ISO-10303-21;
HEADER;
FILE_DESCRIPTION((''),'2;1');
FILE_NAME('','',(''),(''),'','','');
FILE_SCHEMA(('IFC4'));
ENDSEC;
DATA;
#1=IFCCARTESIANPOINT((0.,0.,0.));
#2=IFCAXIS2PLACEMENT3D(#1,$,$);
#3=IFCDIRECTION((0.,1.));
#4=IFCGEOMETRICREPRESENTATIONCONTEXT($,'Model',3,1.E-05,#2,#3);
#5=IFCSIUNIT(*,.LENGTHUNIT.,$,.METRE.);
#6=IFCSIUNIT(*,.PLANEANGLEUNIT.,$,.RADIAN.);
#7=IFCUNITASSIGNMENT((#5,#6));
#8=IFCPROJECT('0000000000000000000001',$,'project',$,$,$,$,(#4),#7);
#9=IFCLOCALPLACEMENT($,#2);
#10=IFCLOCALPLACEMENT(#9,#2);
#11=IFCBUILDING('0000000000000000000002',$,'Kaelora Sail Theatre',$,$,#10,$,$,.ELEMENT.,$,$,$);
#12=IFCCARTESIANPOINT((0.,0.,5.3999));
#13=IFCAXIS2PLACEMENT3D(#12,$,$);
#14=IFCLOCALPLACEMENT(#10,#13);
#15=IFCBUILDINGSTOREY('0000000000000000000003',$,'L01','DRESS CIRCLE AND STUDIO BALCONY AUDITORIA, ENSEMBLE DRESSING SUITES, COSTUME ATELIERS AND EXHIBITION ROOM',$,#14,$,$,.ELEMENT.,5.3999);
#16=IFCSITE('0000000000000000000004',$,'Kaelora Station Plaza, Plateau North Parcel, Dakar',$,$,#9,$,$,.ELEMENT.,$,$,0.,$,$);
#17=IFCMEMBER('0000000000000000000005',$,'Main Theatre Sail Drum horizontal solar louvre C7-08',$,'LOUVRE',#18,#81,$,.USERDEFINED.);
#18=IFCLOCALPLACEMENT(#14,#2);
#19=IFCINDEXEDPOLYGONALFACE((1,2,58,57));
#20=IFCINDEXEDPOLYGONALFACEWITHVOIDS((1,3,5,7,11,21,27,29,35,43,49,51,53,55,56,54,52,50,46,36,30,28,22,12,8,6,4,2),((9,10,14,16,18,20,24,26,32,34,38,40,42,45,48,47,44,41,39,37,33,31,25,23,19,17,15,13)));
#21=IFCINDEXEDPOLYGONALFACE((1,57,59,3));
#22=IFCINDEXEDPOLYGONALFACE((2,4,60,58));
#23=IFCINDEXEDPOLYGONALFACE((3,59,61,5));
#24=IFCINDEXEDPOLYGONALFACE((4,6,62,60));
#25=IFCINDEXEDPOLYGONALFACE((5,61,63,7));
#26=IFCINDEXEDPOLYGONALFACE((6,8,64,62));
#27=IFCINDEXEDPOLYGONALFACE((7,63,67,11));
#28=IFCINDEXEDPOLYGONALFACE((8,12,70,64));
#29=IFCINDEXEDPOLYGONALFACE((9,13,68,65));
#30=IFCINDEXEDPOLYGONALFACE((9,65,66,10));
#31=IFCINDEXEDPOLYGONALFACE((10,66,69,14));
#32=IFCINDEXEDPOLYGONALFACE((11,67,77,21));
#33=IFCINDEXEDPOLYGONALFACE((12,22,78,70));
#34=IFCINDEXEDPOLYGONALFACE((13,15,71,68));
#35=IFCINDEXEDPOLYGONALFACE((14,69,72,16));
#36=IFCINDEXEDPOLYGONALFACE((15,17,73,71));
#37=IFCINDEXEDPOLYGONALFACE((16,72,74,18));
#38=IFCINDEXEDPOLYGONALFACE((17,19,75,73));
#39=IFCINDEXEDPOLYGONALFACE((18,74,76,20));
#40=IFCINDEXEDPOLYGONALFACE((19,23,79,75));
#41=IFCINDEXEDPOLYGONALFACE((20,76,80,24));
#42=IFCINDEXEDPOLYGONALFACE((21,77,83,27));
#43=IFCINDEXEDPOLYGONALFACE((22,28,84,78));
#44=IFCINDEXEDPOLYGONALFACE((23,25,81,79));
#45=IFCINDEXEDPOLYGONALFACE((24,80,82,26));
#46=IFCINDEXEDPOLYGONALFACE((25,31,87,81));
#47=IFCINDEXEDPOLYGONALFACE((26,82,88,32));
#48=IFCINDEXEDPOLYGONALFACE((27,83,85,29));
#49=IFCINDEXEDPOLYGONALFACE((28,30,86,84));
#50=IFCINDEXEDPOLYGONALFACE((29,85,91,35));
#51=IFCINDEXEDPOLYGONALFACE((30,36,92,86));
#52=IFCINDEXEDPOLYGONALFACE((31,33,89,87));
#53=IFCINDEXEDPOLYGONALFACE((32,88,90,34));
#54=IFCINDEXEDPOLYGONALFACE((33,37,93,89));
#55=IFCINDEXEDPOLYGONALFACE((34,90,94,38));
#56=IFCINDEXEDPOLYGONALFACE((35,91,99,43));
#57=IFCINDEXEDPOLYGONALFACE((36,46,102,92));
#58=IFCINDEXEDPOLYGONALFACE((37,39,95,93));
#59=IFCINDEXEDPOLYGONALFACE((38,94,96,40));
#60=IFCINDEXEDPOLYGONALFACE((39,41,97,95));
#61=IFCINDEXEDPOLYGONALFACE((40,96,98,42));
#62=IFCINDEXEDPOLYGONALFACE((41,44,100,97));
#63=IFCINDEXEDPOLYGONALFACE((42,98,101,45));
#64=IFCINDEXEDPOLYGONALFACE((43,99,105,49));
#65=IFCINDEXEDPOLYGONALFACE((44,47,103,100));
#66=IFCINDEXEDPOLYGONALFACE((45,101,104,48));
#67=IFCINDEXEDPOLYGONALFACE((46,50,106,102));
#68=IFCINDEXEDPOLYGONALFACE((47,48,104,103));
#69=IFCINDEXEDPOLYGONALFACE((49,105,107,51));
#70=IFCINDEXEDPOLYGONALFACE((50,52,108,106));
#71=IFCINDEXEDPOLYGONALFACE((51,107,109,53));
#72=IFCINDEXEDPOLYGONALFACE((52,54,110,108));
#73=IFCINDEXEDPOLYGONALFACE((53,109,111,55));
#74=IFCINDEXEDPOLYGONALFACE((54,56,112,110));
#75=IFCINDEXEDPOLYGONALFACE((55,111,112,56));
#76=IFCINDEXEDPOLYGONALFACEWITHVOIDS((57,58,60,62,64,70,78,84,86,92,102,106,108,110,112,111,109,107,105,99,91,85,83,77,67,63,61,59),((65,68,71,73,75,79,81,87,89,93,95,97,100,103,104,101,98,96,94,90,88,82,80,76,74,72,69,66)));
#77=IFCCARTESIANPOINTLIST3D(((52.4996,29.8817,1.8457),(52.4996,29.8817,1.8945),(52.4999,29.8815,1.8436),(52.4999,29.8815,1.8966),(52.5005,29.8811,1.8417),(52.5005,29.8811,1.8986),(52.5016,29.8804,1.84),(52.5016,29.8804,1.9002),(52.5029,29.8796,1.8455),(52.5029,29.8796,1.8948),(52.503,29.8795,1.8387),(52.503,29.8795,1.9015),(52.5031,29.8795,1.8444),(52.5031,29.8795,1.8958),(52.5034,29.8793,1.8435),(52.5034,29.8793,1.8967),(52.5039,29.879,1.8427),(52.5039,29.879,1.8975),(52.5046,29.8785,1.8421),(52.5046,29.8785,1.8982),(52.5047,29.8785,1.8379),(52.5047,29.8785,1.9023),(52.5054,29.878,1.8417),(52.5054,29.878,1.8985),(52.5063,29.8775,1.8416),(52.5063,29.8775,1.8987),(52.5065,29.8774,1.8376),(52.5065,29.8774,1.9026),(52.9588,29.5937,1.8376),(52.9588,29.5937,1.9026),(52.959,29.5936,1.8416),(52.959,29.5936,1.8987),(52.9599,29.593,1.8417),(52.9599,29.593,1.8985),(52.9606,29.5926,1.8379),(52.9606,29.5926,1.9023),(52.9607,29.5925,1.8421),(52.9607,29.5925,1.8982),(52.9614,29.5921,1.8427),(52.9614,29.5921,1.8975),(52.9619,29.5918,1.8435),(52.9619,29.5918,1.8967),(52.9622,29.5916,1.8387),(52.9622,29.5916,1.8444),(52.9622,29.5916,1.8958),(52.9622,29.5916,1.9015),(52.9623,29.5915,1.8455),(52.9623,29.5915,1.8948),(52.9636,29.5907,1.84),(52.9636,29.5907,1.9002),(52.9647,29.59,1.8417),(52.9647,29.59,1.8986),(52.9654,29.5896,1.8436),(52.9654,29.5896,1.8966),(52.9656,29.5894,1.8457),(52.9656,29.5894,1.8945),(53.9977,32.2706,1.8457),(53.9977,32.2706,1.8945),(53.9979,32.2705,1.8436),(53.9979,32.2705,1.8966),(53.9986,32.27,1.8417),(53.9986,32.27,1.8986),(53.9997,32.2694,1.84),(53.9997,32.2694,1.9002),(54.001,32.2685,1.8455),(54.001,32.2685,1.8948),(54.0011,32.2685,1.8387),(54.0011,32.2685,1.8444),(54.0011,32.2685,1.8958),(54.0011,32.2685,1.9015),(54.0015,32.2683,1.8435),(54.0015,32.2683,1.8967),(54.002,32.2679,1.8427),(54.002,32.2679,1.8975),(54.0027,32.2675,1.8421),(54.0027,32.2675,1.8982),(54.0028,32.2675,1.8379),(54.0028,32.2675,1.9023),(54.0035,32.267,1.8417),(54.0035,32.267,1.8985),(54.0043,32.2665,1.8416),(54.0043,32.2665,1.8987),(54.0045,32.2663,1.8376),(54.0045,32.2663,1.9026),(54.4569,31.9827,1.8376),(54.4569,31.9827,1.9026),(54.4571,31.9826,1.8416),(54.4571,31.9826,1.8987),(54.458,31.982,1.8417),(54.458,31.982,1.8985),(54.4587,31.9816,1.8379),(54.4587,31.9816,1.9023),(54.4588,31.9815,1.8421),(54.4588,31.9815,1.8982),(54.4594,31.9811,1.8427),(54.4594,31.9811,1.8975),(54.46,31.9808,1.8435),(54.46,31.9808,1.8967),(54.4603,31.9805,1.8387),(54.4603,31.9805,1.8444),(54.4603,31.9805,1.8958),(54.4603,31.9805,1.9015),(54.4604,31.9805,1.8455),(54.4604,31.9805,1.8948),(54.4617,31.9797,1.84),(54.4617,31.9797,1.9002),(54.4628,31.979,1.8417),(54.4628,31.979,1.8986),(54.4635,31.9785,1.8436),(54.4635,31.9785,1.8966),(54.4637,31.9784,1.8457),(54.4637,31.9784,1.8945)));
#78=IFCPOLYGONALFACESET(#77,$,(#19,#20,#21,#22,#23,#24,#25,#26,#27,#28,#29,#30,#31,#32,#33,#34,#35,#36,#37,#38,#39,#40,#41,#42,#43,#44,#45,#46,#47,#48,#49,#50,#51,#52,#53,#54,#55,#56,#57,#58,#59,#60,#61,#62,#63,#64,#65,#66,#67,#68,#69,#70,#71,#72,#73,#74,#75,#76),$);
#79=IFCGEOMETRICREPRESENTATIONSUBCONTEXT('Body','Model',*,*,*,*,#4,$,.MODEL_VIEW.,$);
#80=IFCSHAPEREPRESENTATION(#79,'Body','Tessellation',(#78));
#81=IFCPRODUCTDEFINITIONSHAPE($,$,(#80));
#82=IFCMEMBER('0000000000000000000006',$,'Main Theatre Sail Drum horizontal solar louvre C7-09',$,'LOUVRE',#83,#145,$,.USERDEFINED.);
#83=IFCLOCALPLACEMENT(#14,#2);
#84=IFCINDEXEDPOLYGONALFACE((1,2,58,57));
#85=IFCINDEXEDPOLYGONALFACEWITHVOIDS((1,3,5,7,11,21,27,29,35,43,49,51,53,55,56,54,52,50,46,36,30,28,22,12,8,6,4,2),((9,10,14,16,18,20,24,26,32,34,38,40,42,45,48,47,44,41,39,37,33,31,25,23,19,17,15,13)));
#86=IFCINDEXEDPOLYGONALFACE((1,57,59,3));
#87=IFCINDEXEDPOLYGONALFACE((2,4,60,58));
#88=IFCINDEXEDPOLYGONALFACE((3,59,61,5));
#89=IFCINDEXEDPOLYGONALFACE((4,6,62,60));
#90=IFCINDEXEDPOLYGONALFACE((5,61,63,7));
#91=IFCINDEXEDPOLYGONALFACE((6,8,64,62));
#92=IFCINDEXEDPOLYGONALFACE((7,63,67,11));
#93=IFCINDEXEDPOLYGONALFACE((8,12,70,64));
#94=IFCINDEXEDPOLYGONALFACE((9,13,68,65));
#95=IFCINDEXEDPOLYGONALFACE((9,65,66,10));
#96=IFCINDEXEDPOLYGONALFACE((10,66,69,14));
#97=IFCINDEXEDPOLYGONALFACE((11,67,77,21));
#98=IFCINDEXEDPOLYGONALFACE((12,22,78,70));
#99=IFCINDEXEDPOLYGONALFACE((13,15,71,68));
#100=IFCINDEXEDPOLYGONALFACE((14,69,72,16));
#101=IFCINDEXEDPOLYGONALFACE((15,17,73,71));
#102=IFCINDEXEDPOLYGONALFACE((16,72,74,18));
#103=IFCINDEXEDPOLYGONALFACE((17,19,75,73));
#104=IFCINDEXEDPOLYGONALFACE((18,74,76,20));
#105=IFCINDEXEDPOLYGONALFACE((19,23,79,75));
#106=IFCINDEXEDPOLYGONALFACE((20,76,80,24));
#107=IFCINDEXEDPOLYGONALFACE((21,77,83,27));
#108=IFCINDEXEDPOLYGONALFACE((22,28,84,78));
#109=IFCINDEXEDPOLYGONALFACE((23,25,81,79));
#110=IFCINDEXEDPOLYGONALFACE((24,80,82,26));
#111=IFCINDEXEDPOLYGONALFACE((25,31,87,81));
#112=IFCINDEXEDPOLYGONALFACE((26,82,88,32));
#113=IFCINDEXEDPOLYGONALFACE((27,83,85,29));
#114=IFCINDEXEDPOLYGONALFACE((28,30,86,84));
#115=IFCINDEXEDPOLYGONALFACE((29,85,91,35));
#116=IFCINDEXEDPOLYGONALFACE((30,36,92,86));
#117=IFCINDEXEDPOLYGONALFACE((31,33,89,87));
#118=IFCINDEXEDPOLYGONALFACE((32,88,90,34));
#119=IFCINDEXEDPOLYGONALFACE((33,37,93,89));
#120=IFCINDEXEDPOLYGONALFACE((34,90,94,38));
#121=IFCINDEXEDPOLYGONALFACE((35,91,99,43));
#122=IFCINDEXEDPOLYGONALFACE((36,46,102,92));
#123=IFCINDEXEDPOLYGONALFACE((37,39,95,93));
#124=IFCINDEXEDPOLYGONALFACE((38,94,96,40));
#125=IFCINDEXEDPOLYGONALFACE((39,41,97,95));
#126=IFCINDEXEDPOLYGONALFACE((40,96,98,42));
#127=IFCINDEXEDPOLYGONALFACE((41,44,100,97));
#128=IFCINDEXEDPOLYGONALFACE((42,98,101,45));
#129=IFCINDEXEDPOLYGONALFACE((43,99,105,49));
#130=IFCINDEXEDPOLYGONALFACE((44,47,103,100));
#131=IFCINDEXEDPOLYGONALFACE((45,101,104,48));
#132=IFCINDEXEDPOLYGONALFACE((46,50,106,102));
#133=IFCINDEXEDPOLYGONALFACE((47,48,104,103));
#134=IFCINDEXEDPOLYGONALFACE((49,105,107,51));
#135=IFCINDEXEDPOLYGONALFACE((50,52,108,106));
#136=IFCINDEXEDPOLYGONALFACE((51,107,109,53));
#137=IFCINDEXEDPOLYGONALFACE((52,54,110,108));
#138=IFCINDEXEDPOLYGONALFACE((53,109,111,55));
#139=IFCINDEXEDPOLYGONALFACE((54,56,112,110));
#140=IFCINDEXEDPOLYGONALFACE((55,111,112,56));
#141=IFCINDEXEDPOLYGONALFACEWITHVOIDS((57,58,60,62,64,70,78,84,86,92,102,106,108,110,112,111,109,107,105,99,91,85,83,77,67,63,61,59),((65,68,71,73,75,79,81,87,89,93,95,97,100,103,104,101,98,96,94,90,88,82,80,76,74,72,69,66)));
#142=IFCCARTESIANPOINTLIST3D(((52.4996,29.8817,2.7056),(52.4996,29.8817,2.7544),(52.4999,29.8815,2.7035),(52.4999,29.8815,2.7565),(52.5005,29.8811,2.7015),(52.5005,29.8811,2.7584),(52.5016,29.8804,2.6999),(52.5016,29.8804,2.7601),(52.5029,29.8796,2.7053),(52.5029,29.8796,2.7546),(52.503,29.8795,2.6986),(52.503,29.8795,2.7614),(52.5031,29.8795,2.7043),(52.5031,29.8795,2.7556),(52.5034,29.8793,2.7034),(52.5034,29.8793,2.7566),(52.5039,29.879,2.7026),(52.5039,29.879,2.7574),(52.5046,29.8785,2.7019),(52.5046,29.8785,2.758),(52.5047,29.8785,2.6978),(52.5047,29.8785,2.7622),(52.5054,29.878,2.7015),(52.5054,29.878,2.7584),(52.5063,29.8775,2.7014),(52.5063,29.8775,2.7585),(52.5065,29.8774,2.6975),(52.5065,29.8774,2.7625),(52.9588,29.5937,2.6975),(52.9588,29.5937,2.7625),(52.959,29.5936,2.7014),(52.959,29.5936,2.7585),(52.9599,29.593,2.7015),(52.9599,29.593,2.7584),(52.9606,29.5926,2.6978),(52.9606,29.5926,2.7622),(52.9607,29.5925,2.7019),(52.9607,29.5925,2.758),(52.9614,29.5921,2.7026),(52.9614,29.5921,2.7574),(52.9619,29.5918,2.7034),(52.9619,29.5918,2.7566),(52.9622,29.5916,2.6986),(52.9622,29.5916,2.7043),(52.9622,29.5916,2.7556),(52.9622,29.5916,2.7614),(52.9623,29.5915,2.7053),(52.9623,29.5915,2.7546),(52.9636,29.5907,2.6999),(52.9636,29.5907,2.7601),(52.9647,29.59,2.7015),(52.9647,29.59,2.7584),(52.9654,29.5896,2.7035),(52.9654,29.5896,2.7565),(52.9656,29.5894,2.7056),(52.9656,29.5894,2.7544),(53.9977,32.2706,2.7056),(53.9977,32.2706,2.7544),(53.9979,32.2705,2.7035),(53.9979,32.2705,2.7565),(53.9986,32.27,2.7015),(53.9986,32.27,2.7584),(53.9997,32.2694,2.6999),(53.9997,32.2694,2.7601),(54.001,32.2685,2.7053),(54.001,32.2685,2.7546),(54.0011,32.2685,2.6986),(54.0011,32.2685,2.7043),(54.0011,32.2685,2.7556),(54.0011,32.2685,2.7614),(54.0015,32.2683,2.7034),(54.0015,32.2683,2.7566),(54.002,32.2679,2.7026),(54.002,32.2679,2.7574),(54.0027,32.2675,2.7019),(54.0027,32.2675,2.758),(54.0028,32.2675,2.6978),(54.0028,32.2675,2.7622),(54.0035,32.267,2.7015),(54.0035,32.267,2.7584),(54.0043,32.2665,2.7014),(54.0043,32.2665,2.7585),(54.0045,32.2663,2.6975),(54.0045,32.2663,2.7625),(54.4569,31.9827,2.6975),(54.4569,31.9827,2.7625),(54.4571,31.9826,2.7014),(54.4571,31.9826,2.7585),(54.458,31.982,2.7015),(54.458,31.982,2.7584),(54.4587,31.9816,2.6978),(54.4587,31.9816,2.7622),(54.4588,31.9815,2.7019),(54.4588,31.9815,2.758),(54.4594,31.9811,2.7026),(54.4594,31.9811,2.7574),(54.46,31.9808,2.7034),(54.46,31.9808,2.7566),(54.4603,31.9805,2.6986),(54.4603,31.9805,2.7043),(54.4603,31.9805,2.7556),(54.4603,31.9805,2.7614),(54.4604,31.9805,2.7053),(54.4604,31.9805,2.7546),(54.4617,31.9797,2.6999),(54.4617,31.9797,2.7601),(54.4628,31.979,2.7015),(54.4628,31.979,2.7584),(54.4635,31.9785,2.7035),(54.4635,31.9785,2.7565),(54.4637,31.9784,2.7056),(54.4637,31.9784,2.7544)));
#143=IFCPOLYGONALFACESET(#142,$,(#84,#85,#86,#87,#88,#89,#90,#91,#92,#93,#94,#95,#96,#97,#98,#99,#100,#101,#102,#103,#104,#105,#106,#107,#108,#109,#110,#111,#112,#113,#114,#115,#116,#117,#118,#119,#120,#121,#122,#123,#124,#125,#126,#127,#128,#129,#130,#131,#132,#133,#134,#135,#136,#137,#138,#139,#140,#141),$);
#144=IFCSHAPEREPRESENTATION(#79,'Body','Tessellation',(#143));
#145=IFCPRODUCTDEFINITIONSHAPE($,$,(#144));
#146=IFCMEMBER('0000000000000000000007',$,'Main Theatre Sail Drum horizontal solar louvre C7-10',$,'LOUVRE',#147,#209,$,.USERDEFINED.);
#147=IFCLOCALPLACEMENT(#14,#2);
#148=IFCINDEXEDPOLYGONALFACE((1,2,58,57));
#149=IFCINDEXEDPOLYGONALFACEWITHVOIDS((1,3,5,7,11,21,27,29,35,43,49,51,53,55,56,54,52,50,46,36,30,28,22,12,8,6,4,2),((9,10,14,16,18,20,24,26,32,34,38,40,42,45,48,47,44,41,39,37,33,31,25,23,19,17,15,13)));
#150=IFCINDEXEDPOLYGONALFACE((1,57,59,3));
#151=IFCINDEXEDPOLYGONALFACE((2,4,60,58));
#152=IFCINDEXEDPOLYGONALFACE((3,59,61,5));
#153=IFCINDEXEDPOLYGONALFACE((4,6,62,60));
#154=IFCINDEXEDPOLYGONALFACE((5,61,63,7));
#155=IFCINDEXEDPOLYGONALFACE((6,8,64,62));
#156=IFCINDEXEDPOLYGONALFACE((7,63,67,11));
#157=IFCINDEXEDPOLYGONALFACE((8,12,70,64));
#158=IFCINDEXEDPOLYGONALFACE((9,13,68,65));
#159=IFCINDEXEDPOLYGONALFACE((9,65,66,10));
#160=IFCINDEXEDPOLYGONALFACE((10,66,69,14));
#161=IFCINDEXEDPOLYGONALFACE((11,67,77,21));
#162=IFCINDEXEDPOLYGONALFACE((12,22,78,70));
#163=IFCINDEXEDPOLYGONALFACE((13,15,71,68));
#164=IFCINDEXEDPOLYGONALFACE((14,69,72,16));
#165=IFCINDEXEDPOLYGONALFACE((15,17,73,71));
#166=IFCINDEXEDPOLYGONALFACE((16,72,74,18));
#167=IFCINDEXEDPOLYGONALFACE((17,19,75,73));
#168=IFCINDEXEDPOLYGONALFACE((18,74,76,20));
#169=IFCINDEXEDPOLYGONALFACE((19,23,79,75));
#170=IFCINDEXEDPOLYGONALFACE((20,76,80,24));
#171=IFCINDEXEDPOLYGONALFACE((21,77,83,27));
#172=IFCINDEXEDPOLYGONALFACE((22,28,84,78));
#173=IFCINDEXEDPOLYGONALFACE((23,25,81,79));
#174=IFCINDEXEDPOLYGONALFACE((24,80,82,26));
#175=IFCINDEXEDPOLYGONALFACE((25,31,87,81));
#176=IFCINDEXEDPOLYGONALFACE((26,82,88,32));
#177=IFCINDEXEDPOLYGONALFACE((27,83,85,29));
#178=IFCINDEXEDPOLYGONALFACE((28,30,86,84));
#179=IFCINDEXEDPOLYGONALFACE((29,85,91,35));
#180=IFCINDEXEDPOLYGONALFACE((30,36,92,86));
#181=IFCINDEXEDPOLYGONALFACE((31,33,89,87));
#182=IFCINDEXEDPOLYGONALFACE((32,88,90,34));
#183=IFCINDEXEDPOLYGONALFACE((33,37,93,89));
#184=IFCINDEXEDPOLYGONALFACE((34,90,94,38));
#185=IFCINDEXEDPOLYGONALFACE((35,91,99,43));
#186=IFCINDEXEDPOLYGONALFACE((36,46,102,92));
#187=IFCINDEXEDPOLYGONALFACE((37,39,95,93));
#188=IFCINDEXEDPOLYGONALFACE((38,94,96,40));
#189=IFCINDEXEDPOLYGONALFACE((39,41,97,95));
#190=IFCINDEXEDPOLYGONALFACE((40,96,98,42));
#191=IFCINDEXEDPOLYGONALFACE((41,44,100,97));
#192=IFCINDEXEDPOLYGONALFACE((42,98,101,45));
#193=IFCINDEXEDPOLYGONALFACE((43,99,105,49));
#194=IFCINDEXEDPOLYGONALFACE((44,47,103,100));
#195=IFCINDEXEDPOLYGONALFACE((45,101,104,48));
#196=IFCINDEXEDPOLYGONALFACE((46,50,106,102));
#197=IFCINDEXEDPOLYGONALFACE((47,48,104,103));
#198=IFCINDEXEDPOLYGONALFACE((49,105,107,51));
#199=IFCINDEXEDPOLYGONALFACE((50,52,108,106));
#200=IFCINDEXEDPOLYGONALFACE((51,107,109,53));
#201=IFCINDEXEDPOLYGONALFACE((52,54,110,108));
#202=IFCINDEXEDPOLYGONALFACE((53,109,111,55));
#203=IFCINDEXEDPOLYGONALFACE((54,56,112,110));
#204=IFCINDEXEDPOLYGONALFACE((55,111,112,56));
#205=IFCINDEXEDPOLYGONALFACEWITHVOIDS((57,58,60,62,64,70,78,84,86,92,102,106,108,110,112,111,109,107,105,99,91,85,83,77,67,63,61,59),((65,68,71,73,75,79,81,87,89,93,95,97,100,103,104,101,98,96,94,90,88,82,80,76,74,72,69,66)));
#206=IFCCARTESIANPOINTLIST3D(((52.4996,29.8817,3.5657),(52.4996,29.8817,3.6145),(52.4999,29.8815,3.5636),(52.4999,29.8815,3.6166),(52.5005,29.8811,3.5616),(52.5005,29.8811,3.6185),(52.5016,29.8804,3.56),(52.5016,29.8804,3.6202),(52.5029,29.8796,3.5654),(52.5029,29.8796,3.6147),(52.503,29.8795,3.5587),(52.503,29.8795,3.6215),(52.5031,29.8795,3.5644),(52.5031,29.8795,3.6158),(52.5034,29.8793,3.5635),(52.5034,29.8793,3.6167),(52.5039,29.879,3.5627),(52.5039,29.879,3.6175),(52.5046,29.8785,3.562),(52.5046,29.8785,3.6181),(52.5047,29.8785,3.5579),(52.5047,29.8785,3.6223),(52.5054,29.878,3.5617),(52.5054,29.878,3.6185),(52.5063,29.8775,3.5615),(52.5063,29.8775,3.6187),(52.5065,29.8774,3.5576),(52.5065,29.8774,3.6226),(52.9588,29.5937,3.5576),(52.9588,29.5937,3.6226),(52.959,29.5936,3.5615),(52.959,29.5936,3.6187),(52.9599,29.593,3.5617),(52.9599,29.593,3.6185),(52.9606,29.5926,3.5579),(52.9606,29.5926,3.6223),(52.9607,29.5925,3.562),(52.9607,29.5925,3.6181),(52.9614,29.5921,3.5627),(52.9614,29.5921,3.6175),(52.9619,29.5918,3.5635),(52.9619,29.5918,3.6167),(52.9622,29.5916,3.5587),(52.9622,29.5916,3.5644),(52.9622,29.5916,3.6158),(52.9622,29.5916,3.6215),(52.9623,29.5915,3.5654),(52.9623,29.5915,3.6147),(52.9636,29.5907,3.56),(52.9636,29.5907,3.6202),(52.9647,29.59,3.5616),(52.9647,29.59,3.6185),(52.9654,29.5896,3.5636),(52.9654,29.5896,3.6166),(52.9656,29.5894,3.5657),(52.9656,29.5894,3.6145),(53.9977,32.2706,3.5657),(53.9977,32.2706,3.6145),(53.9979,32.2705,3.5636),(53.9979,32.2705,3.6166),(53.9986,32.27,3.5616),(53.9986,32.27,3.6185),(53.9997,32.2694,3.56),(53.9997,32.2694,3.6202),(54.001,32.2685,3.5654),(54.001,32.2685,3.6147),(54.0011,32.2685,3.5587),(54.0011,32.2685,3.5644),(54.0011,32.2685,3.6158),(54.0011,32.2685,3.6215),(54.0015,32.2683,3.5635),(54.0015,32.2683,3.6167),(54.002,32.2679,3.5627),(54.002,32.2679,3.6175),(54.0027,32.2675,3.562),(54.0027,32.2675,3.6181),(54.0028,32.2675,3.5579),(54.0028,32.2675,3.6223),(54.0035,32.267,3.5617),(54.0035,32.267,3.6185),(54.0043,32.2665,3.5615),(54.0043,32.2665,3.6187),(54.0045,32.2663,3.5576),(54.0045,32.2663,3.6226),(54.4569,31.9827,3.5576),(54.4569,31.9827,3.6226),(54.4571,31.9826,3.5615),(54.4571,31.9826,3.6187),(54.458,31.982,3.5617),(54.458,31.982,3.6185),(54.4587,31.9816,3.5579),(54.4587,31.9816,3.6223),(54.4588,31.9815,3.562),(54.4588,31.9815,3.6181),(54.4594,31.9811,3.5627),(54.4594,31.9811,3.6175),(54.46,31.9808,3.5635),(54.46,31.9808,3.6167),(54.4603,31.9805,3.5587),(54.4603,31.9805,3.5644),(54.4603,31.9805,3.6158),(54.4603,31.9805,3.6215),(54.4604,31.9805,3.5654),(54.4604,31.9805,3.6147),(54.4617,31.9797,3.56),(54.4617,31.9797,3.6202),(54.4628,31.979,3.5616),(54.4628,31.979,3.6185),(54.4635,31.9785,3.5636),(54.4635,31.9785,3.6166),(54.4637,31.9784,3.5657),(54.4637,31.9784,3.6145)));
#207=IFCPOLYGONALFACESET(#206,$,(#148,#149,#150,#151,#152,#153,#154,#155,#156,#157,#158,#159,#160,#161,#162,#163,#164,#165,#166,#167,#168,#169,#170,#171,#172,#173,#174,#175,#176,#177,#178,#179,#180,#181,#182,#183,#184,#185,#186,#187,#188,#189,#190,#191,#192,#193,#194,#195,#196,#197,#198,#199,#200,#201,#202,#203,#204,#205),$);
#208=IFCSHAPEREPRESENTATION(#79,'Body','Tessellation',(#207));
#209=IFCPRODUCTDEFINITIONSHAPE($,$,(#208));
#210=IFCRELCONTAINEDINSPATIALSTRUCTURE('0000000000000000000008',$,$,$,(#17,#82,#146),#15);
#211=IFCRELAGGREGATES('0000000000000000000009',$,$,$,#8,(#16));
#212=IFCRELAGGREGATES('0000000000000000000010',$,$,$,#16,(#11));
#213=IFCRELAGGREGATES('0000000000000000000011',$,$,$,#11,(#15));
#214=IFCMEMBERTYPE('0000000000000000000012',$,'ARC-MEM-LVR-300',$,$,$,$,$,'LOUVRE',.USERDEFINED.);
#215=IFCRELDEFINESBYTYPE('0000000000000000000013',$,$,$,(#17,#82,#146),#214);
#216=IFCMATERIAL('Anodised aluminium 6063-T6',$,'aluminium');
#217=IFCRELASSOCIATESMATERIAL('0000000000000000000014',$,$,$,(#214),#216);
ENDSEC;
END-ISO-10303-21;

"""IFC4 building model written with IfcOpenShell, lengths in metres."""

from ifc_helpers import new_model, si_unit, direction, frame, origin, origin_2d, place, context, subcontext, project, spatial, hollow_rectangle, extrude, material, material_profile, profile_set, type_object, element, save


model = new_model("IFC4")

# Units and contexts
model_context = context("Model", 3, precision=1e-05, world=origin(), true_north=direction((0.0, 1.0)))
body_context = subcontext(model_context, "Body", "Model", "MODEL_VIEW")
ifc_project = project(units=[si_unit("LENGTHUNIT", "METRE"), si_unit("PLANEANGLEUNIT", "RADIAN")], contexts=[model_context])

# Site, building, storey
site_placement = place(None, origin())
site = spatial("IfcSite", under=ifc_project, at=site_placement, Name="Kaelora Station Plaza, Plateau North Parcel, Dakar", CompositionType="ELEMENT", RefElevation=0.0)
building_placement = place(site_placement, origin())
building = spatial("IfcBuilding", under=site, at=building_placement, Name="Kaelora Sail Theatre", CompositionType="ELEMENT")
storey_placement = place(building_placement, frame((0.0, 0.0, 5.3999)))
storey = spatial("IfcBuildingStorey", under=building, at=storey_placement, Name="L01", Description="DRESS CIRCLE AND STUDIO BALCONY AUDITORIA, ENSEMBLE DRESSING SUITES, COSTUME ATELIERS AND EXHIBITION ROOM", CompositionType="ELEMENT", Elevation=5.3999)

# Members
ifc_material_1 = material(Name="Anodised aluminium 6063-T6", Category="aluminium")
ifc_material_profile_1 = material_profile(ifc_material_1, hollow_rectangle(XDim=0.55, YDim=0.0649, WallThickness=0.0039, InnerFilletRadius=0.0039, OuterFilletRadius=0.0081, at=origin_2d()), Name="LOUVRE 550x65x4")
ifc_profile_set_1 = profile_set([ifc_material_profile_1], Name="Anodised aluminium 6063-T6")
member_type = type_object("IfcMemberType", Name="ARC-MEM-LVR-300", ElementType="LOUVRE", PredefinedType="USERDEFINED", material=ifc_profile_set_1)
for number, where, z_axis, x_axis, name in (
    (1, (54.2307, 32.1245, 1.8701), (-0.531267, -0.847204, 0.0), (0.847204, -0.531267, 0.0), "Main Theatre Sail Drum horizontal solar louvre C7-08"),
    (2, (54.2307, 32.1245, 2.73), (-0.531267, -0.847204, 0.0), (0.847204, -0.531267, 0.0), "Main Theatre Sail Drum horizontal solar louvre C7-09"),
    (3, (54.2307, 32.1245, 3.5901), (-0.531267, -0.847204, 0.0), (0.847204, -0.531267, 0.0), "Main Theatre Sail Drum horizontal solar louvre C7-10"),
):
    element("IfcMember", number, at=place(storey_placement, frame(where, z_axis=z_axis, x_axis=x_axis)), inside=storey, type_object=member_type, Name=name, ObjectType="LOUVRE", PredefinedType="USERDEFINED", context=body_context, shape_type="SweptSolid", body=[
        extrude(hollow_rectangle(XDim=0.55, YDim=0.0649, WallThickness=0.0039, InnerFilletRadius=0.0039, OuterFilletRadius=0.0081, at=origin_2d()), origin(), (0.0, 0.0, 1.0), 2.8198),
    ])

save(model, "model.ifc")
